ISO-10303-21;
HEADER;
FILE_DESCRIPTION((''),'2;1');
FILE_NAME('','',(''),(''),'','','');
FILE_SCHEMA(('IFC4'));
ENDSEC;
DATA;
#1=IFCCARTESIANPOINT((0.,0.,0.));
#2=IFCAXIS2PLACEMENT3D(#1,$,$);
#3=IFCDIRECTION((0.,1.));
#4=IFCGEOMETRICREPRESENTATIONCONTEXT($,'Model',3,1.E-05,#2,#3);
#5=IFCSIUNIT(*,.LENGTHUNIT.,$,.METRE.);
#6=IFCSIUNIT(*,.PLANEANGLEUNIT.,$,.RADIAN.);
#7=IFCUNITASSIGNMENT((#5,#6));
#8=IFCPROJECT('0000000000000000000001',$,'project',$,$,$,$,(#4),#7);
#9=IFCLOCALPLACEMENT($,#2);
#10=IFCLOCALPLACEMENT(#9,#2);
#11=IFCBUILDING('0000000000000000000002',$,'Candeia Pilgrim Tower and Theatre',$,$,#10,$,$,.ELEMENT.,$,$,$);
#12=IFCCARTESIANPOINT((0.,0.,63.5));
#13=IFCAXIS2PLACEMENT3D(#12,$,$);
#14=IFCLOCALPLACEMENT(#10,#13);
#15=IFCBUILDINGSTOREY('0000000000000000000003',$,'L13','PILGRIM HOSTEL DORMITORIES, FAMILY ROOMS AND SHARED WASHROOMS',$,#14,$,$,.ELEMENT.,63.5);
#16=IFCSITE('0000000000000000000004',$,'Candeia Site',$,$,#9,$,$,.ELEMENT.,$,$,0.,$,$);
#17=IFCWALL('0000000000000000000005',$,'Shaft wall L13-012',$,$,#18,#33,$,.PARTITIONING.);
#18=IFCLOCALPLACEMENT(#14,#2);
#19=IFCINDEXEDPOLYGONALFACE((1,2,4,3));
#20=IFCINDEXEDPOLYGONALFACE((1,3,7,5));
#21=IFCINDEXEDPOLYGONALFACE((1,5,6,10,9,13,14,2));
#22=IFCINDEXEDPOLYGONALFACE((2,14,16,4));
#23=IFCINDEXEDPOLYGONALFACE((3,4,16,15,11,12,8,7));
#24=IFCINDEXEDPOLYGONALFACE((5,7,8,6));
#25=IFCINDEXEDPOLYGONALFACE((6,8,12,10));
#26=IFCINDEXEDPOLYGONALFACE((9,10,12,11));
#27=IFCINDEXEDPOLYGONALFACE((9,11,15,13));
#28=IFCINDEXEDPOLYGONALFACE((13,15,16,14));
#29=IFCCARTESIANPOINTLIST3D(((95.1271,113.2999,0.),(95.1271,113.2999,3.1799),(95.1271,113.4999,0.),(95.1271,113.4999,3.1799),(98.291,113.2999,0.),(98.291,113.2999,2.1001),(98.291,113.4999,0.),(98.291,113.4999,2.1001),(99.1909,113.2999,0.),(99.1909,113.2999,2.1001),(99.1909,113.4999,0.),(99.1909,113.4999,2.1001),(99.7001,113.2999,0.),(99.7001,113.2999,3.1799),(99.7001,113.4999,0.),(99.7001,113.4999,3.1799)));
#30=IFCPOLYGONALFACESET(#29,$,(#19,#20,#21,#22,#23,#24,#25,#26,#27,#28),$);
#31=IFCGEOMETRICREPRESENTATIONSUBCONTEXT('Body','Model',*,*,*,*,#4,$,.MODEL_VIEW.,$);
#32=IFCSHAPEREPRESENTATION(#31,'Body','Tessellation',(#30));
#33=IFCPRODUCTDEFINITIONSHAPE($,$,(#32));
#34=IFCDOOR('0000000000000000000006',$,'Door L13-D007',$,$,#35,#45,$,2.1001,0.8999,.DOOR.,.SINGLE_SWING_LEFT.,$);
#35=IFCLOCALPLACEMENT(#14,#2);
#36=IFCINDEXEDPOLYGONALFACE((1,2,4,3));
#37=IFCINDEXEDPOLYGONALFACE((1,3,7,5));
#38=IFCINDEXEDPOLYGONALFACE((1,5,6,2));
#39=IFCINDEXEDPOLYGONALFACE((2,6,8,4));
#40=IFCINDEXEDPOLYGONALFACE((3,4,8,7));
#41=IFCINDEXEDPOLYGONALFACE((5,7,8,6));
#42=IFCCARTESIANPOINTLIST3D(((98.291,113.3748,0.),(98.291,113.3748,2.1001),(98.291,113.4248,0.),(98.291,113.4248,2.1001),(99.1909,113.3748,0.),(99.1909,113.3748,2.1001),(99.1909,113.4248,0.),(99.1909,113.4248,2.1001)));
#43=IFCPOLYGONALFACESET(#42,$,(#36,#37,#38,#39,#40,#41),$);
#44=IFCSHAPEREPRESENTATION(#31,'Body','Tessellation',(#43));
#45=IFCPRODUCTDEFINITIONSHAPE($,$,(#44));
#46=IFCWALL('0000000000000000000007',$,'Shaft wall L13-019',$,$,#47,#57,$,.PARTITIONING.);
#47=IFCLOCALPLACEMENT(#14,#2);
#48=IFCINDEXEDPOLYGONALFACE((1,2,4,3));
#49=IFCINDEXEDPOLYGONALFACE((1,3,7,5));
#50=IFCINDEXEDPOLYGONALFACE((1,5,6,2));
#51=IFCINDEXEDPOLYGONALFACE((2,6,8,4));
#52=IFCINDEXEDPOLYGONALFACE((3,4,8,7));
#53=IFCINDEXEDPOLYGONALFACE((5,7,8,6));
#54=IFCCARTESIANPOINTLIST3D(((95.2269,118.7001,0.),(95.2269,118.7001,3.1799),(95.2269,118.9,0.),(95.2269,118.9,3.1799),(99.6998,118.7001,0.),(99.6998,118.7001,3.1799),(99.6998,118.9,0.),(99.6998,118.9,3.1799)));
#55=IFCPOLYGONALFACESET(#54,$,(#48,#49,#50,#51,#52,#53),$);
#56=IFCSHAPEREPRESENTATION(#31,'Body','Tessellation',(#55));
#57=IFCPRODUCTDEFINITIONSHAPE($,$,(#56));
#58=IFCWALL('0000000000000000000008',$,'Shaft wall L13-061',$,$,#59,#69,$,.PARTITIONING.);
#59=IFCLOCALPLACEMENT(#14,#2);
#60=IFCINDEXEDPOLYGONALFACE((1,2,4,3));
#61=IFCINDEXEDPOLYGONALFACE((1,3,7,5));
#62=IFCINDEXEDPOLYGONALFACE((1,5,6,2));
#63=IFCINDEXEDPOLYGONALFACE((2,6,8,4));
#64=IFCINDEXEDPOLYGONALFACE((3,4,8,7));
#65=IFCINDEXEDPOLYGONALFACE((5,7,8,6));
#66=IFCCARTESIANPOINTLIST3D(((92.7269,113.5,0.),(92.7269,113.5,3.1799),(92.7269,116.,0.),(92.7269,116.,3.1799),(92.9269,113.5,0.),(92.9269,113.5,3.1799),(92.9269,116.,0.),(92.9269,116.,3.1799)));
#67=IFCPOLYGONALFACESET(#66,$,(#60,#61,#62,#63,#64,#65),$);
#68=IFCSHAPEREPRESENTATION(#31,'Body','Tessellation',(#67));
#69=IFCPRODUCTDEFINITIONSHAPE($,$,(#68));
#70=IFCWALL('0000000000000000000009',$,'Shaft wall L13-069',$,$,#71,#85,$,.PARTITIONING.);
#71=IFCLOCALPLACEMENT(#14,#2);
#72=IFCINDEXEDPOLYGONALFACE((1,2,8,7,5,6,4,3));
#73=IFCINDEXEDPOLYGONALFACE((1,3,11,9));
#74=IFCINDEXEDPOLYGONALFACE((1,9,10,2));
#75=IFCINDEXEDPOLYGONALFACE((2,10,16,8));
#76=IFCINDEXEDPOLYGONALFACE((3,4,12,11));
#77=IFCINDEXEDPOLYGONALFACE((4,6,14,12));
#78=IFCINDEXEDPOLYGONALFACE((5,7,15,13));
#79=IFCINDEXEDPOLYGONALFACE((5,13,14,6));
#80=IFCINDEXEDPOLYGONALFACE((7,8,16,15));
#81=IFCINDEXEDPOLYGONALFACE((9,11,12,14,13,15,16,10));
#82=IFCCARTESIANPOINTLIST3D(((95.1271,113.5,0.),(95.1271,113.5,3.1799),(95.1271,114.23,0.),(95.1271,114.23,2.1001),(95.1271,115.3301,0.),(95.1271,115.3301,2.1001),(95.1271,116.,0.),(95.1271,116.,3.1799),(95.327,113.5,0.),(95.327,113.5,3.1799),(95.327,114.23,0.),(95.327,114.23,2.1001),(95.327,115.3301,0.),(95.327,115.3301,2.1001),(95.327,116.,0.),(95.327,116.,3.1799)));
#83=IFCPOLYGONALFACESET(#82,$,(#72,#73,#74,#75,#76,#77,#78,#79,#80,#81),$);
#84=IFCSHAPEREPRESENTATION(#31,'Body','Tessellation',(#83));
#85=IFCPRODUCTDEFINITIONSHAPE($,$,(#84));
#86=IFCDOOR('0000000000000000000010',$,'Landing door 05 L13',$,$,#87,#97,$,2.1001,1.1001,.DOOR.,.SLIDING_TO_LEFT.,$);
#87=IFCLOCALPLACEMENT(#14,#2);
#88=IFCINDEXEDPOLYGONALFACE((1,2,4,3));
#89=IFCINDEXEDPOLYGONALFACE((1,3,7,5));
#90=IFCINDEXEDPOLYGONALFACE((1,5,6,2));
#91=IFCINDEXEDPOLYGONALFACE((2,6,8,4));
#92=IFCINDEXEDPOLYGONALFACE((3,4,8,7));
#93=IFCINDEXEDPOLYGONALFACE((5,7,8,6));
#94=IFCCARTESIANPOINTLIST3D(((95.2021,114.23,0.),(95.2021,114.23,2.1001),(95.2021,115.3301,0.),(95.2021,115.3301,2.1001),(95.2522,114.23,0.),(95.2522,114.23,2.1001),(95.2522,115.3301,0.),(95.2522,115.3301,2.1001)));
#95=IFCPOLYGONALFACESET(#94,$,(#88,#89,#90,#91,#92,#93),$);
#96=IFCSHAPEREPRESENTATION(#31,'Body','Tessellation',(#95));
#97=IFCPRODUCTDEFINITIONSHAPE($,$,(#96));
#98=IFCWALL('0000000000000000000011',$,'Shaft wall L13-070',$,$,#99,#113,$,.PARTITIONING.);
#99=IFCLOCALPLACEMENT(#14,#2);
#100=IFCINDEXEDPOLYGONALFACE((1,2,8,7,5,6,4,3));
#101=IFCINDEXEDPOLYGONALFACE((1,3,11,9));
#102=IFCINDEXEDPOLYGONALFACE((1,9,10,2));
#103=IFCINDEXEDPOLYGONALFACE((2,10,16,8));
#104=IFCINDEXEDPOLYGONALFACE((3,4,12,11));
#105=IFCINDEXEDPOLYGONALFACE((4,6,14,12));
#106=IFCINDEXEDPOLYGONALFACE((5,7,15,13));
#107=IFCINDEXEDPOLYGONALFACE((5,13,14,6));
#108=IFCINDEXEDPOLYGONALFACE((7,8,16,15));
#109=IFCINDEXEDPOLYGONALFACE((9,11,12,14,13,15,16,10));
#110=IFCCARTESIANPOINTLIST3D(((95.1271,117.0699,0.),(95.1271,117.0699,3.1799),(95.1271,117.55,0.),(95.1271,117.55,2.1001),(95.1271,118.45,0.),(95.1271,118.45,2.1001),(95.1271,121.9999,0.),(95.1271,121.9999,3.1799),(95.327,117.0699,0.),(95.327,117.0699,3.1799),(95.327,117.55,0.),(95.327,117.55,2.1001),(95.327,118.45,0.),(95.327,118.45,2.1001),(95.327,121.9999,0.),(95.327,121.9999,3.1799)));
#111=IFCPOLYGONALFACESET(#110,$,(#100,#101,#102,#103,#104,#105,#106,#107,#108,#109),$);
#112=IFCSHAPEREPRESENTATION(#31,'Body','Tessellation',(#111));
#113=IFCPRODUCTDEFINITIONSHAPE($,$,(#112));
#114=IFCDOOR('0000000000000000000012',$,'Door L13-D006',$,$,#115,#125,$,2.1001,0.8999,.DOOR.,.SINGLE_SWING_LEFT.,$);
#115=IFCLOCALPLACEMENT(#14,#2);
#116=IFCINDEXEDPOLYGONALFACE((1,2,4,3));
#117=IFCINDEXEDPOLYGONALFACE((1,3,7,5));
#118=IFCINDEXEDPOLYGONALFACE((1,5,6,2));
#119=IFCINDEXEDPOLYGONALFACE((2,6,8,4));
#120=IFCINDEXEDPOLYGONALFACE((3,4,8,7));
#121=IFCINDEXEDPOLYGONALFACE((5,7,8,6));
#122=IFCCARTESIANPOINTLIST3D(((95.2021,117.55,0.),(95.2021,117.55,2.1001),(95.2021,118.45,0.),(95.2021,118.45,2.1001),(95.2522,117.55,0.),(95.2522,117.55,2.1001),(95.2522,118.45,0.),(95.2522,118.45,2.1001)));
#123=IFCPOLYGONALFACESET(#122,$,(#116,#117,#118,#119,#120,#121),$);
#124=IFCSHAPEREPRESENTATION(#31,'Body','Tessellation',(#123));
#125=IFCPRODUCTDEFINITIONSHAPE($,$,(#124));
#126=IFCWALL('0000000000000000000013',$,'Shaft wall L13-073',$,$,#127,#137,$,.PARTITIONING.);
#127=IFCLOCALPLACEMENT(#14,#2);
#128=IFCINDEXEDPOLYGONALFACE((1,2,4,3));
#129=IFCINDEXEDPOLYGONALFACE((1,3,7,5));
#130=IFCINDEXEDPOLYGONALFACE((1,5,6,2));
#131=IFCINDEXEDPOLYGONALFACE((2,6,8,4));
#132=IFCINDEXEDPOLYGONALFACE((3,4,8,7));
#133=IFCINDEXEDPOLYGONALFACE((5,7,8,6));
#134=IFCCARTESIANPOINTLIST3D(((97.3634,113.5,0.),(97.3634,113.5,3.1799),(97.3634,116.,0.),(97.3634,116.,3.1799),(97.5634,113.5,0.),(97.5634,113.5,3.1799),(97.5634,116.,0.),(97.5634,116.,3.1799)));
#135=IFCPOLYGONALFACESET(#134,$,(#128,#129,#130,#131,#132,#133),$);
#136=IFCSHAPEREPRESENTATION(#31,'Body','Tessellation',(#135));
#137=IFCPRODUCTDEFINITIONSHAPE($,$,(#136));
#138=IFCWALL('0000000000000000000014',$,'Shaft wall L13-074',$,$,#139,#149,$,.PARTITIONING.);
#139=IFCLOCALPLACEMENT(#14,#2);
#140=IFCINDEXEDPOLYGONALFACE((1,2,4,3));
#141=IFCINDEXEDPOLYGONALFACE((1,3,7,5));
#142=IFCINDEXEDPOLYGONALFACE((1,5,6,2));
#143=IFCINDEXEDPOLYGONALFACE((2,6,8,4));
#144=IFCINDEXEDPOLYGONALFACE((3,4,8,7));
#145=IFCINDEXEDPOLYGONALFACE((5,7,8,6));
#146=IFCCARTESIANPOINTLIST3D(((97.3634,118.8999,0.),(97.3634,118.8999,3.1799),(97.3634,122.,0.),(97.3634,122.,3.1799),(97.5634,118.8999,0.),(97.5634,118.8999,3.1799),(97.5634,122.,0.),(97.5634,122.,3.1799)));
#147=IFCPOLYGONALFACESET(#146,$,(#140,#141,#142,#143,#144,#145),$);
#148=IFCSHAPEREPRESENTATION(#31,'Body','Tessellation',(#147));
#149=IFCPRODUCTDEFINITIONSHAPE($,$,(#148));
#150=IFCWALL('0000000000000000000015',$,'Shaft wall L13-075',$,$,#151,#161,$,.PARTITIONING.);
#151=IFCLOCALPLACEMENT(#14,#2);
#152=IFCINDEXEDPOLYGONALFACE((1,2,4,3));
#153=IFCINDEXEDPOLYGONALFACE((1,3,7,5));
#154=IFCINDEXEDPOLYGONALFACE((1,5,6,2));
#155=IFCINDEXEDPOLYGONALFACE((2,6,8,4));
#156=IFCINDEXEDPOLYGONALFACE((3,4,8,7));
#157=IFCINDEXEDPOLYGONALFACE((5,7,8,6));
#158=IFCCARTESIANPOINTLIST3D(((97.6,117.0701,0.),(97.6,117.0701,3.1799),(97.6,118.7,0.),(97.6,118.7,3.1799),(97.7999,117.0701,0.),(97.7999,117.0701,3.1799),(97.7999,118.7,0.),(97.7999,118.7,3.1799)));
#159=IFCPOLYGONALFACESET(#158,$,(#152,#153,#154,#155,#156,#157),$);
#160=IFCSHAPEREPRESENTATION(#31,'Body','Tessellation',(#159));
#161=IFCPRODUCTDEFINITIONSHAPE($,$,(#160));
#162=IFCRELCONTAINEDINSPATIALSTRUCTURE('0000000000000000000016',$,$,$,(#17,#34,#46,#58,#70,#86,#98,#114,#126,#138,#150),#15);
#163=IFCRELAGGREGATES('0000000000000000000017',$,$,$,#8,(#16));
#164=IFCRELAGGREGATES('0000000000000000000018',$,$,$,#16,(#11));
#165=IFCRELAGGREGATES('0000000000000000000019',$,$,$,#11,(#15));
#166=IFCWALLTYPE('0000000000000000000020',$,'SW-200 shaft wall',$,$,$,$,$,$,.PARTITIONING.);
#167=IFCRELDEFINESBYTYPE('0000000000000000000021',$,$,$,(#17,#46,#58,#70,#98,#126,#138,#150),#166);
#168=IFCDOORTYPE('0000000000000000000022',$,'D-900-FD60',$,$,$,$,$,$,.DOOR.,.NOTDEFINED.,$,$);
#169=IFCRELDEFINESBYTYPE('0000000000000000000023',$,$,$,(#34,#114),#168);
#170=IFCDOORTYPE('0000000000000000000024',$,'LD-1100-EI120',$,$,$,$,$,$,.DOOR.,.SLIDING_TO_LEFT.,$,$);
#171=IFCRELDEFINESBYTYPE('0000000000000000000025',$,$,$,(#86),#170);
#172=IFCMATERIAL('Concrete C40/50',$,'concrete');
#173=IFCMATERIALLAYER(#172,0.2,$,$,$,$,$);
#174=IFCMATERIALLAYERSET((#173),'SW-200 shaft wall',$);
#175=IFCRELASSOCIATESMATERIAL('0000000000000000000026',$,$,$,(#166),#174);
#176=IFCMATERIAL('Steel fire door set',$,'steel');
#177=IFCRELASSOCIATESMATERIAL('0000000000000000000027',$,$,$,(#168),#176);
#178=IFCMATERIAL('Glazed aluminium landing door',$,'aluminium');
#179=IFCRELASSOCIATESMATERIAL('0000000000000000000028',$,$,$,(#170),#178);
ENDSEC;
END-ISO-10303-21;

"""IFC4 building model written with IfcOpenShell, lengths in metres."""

from ifc_helpers import new_model, si_unit, direction, frame, frame_2d, origin, place, context, subcontext, project, spatial, rectangle, extrude, material, layer, layer_set, type_object, element, fill, save


model = new_model("IFC4")

# Units and contexts
model_context = context("Model", 3, precision=1e-05, world=origin(), true_north=direction((0.0, 1.0)))
body_context = subcontext(model_context, "Body", "Model", "MODEL_VIEW")
ifc_project = project(units=[si_unit("LENGTHUNIT", "METRE"), si_unit("PLANEANGLEUNIT", "RADIAN")], contexts=[model_context])

# Site, building, storey
site_placement = place(None, origin())
site = spatial("IfcSite", under=ifc_project, at=site_placement, Name="Candeia Site", CompositionType="ELEMENT", RefElevation=0.0)
building_placement = place(site_placement, origin())
building = spatial("IfcBuilding", under=site, at=building_placement, Name="Candeia Pilgrim Tower and Theatre", CompositionType="ELEMENT")
storey_placement = place(building_placement, frame((0.0, 0.0, 63.5)))
storey = spatial("IfcBuildingStorey", under=building, at=storey_placement, Name="L13", Description="PILGRIM HOSTEL DORMITORIES, FAMILY ROOMS AND SHARED WASHROOMS", CompositionType="ELEMENT", Elevation=63.5)

# Shared definitions
ifc_material_1 = material(Name="Steel fire door set", Category="steel")

# Wall, opening, door
ifc_material_2 = material(Name="Concrete C40/50", Category="concrete")
ifc_layer_1 = layer(ifc_material_2, 0.2)
ifc_layer_set_1 = layer_set([ifc_layer_1], Name="SW-200 shaft wall")
wall_type_1 = type_object("IfcWallType", Name="SW-200 shaft wall", PredefinedType="PARTITIONING", material=ifc_layer_set_1)
wall_1_placement = place(storey_placement, frame((95.127, 113.3999, 0.0), z_axis=(0.0, 0.0, 1.0), x_axis=(1.0, 0.0, 0.0)))
wall_1 = element("IfcWall", 1, at=wall_1_placement, inside=storey, type_object=wall_type_1, Name="Shaft wall L13-012", PredefinedType="PARTITIONING", context=body_context, shape_type="SweptSolid", body=[
    extrude(rectangle(XDim=4.573, YDim=0.2, at=frame_2d((2.2866, 0.0))), origin(), (0.0, 0.0, 1.0), 3.1799),
])
opening_1_placement = place(wall_1_placement, frame((3.1641, 0.0, 0.0)))
opening_1 = element("IfcOpeningElement", 2, at=opening_1_placement, cuts=wall_1, PredefinedType="OPENING", context=body_context, shape_type="SweptSolid", body=[
    extrude(rectangle(XDim=0.8999, YDim=2.1001, at=frame_2d((0.45, 1.05))), frame((0.0, 0.1099, 0.0), z_axis=(0.0, -1.0, 0.0), x_axis=(1.0, 0.0, 0.0)), (0.0, 0.0, 1.0), 0.22),
])
door_type_1 = type_object("IfcDoorType", Name="D-900-FD60", OperationType="NOTDEFINED", PredefinedType="DOOR", material=ifc_material_1)
door_1_placement = place(opening_1_placement, origin())
door_1 = element("IfcDoor", 3, at=door_1_placement, inside=storey, type_object=door_type_1, Name="Door L13-D007", OperationType="SINGLE_SWING_LEFT", OverallHeight=2.1001, OverallWidth=0.8999, PredefinedType="DOOR", context=body_context, shape_type="SweptSolid", body=[
    extrude(rectangle(XDim=0.8999, YDim=2.1001, at=frame_2d((0.45, 1.05))), frame((0.0, 0.0249, 0.0), z_axis=(0.0, -1.0, 0.0), x_axis=(1.0, 0.0, 0.0)), (0.0, 0.0, 1.0), 0.05),
])
fill(opening_1, door_1)

# Walls
wall_2_placement = place(storey_placement, frame((95.2271, 118.8, 0.0), z_axis=(0.0, 0.0, 1.0), x_axis=(1.0, 0.0, 0.0)))
element("IfcWall", 4, at=wall_2_placement, inside=storey, type_object=wall_type_1, Name="Shaft wall L13-019", PredefinedType="PARTITIONING", context=body_context, shape_type="SweptSolid", body=[
    extrude(rectangle(XDim=4.4729, YDim=0.2, at=frame_2d((2.2363, 0.0))), origin(), (0.0, 0.0, 1.0), 3.1799),
])
wall_3_placement = place(storey_placement, frame((92.8269, 113.5, 0.0), z_axis=(0.0, 0.0, 1.0), x_axis=(0.0, 1.0, 0.0)))
element("IfcWall", 5, at=wall_3_placement, inside=storey, type_object=wall_type_1, Name="Shaft wall L13-061", PredefinedType="PARTITIONING", context=body_context, shape_type="SweptSolid", body=[
    extrude(rectangle(XDim=2.5, YDim=0.2, at=frame_2d((1.25, 0.0))), origin(), (0.0, 0.0, 1.0), 3.1799),
])

# Walls, openings, doors
wall_4_placement = place(storey_placement, frame((95.2271, 113.5, 0.0), z_axis=(0.0, 0.0, 1.0), x_axis=(0.0, 1.0, 0.0)))
wall_4 = element("IfcWall", 6, at=wall_4_placement, inside=storey, type_object=wall_type_1, Name="Shaft wall L13-069", PredefinedType="PARTITIONING", context=body_context, shape_type="SweptSolid", body=[
    extrude(rectangle(XDim=2.5, YDim=0.2, at=frame_2d((1.25, 0.0))), origin(), (0.0, 0.0, 1.0), 3.1799),
])
opening_2_placement = place(wall_4_placement, frame((0.73, 0.0, 0.0)))
opening_2 = element("IfcOpeningElement", 7, at=opening_2_placement, cuts=wall_4, PredefinedType="OPENING", context=body_context, shape_type="SweptSolid", body=[
    extrude(rectangle(XDim=1.1001, YDim=2.1001, at=frame_2d((0.55, 1.05))), frame((0.0, 0.1099, 0.0), z_axis=(0.0, -1.0, 0.0), x_axis=(1.0, 0.0, 0.0)), (0.0, 0.0, 1.0), 0.22),
])
ifc_material_3 = material(Name="Glazed aluminium landing door", Category="aluminium")
door_type_2 = type_object("IfcDoorType", Name="LD-1100-EI120", OperationType="SLIDING_TO_LEFT", PredefinedType="DOOR", material=ifc_material_3)
door_2_placement = place(opening_2_placement, origin())
door_2 = element("IfcDoor", 8, at=door_2_placement, inside=storey, type_object=door_type_2, Name="Landing door 05 L13", OperationType="SLIDING_TO_LEFT", OverallHeight=2.1001, OverallWidth=1.1001, PredefinedType="DOOR", context=body_context, shape_type="SweptSolid", body=[
    extrude(rectangle(XDim=1.1001, YDim=2.1001, at=frame_2d((0.55, 1.05))), frame((0.0, 0.0249, 0.0), z_axis=(0.0, -1.0, 0.0), x_axis=(1.0, 0.0, 0.0)), (0.0, 0.0, 1.0), 0.05),
])
fill(opening_2, door_2)
wall_5_placement = place(storey_placement, frame((95.2271, 117.0701, 0.0), z_axis=(0.0, 0.0, 1.0), x_axis=(0.0, 1.0, 0.0)))
wall_5 = element("IfcWall", 9, at=wall_5_placement, inside=storey, type_object=wall_type_1, Name="Shaft wall L13-070", PredefinedType="PARTITIONING", context=body_context, shape_type="SweptSolid", body=[
    extrude(rectangle(XDim=4.9299, YDim=0.2, at=frame_2d((2.4648, 0.0))), origin(), (0.0, 0.0, 1.0), 3.1799),
])
opening_3_placement = place(wall_5_placement, frame((0.48, 0.0, 0.0)))
opening_3 = element("IfcOpeningElement", 10, at=opening_3_placement, cuts=wall_5, PredefinedType="OPENING", context=body_context, shape_type="SweptSolid", body=[
    extrude(rectangle(XDim=0.8999, YDim=2.1001, at=frame_2d((0.45, 1.05))), frame((0.0, 0.1099, 0.0), z_axis=(0.0, -1.0, 0.0), x_axis=(1.0, 0.0, 0.0)), (0.0, 0.0, 1.0), 0.22),
])
door_3_placement = place(opening_3_placement, origin())
door_3 = element("IfcDoor", 11, at=door_3_placement, inside=storey, type_object=door_type_1, Name="Door L13-D006", OperationType="SINGLE_SWING_LEFT", OverallHeight=2.1001, OverallWidth=0.8999, PredefinedType="DOOR", context=body_context, shape_type="SweptSolid", body=[
    extrude(rectangle(XDim=0.8999, YDim=2.1001, at=frame_2d((0.45, 1.05))), frame((0.0, 0.0249, 0.0), z_axis=(0.0, -1.0, 0.0), x_axis=(1.0, 0.0, 0.0)), (0.0, 0.0, 1.0), 0.05),
])
fill(opening_3, door_3)

# Walls
wall_6_placement = place(storey_placement, frame((97.4634, 113.5, 0.0), z_axis=(0.0, 0.0, 1.0), x_axis=(0.0, 1.0, 0.0)))
element("IfcWall", 12, at=wall_6_placement, inside=storey, type_object=wall_type_1, Name="Shaft wall L13-073", PredefinedType="PARTITIONING", context=body_context, shape_type="SweptSolid", body=[
    extrude(rectangle(XDim=2.5, YDim=0.2, at=frame_2d((1.25, 0.0))), origin(), (0.0, 0.0, 1.0), 3.1799),
])
wall_7_placement = place(storey_placement, frame((97.4634, 118.8999, 0.0), z_axis=(0.0, 0.0, 1.0), x_axis=(0.0, 1.0, 0.0)))
element("IfcWall", 13, at=wall_7_placement, inside=storey, type_object=wall_type_1, Name="Shaft wall L13-074", PredefinedType="PARTITIONING", context=body_context, shape_type="SweptSolid", body=[
    extrude(rectangle(XDim=3.1001, YDim=0.2, at=frame_2d((1.55, 0.0))), origin(), (0.0, 0.0, 1.0), 3.1799),
])
wall_8_placement = place(storey_placement, frame((97.7, 117.0701, 0.0), z_axis=(0.0, 0.0, 1.0), x_axis=(0.0, 1.0, 0.0)))
element("IfcWall", 14, at=wall_8_placement, inside=storey, type_object=wall_type_1, Name="Shaft wall L13-075", PredefinedType="PARTITIONING", context=body_context, shape_type="SweptSolid", body=[
    extrude(rectangle(XDim=1.6299, YDim=0.2, at=frame_2d((0.8149, 0.0))), origin(), (0.0, 0.0, 1.0), 3.1799),
])

save(model, "model.ifc")
